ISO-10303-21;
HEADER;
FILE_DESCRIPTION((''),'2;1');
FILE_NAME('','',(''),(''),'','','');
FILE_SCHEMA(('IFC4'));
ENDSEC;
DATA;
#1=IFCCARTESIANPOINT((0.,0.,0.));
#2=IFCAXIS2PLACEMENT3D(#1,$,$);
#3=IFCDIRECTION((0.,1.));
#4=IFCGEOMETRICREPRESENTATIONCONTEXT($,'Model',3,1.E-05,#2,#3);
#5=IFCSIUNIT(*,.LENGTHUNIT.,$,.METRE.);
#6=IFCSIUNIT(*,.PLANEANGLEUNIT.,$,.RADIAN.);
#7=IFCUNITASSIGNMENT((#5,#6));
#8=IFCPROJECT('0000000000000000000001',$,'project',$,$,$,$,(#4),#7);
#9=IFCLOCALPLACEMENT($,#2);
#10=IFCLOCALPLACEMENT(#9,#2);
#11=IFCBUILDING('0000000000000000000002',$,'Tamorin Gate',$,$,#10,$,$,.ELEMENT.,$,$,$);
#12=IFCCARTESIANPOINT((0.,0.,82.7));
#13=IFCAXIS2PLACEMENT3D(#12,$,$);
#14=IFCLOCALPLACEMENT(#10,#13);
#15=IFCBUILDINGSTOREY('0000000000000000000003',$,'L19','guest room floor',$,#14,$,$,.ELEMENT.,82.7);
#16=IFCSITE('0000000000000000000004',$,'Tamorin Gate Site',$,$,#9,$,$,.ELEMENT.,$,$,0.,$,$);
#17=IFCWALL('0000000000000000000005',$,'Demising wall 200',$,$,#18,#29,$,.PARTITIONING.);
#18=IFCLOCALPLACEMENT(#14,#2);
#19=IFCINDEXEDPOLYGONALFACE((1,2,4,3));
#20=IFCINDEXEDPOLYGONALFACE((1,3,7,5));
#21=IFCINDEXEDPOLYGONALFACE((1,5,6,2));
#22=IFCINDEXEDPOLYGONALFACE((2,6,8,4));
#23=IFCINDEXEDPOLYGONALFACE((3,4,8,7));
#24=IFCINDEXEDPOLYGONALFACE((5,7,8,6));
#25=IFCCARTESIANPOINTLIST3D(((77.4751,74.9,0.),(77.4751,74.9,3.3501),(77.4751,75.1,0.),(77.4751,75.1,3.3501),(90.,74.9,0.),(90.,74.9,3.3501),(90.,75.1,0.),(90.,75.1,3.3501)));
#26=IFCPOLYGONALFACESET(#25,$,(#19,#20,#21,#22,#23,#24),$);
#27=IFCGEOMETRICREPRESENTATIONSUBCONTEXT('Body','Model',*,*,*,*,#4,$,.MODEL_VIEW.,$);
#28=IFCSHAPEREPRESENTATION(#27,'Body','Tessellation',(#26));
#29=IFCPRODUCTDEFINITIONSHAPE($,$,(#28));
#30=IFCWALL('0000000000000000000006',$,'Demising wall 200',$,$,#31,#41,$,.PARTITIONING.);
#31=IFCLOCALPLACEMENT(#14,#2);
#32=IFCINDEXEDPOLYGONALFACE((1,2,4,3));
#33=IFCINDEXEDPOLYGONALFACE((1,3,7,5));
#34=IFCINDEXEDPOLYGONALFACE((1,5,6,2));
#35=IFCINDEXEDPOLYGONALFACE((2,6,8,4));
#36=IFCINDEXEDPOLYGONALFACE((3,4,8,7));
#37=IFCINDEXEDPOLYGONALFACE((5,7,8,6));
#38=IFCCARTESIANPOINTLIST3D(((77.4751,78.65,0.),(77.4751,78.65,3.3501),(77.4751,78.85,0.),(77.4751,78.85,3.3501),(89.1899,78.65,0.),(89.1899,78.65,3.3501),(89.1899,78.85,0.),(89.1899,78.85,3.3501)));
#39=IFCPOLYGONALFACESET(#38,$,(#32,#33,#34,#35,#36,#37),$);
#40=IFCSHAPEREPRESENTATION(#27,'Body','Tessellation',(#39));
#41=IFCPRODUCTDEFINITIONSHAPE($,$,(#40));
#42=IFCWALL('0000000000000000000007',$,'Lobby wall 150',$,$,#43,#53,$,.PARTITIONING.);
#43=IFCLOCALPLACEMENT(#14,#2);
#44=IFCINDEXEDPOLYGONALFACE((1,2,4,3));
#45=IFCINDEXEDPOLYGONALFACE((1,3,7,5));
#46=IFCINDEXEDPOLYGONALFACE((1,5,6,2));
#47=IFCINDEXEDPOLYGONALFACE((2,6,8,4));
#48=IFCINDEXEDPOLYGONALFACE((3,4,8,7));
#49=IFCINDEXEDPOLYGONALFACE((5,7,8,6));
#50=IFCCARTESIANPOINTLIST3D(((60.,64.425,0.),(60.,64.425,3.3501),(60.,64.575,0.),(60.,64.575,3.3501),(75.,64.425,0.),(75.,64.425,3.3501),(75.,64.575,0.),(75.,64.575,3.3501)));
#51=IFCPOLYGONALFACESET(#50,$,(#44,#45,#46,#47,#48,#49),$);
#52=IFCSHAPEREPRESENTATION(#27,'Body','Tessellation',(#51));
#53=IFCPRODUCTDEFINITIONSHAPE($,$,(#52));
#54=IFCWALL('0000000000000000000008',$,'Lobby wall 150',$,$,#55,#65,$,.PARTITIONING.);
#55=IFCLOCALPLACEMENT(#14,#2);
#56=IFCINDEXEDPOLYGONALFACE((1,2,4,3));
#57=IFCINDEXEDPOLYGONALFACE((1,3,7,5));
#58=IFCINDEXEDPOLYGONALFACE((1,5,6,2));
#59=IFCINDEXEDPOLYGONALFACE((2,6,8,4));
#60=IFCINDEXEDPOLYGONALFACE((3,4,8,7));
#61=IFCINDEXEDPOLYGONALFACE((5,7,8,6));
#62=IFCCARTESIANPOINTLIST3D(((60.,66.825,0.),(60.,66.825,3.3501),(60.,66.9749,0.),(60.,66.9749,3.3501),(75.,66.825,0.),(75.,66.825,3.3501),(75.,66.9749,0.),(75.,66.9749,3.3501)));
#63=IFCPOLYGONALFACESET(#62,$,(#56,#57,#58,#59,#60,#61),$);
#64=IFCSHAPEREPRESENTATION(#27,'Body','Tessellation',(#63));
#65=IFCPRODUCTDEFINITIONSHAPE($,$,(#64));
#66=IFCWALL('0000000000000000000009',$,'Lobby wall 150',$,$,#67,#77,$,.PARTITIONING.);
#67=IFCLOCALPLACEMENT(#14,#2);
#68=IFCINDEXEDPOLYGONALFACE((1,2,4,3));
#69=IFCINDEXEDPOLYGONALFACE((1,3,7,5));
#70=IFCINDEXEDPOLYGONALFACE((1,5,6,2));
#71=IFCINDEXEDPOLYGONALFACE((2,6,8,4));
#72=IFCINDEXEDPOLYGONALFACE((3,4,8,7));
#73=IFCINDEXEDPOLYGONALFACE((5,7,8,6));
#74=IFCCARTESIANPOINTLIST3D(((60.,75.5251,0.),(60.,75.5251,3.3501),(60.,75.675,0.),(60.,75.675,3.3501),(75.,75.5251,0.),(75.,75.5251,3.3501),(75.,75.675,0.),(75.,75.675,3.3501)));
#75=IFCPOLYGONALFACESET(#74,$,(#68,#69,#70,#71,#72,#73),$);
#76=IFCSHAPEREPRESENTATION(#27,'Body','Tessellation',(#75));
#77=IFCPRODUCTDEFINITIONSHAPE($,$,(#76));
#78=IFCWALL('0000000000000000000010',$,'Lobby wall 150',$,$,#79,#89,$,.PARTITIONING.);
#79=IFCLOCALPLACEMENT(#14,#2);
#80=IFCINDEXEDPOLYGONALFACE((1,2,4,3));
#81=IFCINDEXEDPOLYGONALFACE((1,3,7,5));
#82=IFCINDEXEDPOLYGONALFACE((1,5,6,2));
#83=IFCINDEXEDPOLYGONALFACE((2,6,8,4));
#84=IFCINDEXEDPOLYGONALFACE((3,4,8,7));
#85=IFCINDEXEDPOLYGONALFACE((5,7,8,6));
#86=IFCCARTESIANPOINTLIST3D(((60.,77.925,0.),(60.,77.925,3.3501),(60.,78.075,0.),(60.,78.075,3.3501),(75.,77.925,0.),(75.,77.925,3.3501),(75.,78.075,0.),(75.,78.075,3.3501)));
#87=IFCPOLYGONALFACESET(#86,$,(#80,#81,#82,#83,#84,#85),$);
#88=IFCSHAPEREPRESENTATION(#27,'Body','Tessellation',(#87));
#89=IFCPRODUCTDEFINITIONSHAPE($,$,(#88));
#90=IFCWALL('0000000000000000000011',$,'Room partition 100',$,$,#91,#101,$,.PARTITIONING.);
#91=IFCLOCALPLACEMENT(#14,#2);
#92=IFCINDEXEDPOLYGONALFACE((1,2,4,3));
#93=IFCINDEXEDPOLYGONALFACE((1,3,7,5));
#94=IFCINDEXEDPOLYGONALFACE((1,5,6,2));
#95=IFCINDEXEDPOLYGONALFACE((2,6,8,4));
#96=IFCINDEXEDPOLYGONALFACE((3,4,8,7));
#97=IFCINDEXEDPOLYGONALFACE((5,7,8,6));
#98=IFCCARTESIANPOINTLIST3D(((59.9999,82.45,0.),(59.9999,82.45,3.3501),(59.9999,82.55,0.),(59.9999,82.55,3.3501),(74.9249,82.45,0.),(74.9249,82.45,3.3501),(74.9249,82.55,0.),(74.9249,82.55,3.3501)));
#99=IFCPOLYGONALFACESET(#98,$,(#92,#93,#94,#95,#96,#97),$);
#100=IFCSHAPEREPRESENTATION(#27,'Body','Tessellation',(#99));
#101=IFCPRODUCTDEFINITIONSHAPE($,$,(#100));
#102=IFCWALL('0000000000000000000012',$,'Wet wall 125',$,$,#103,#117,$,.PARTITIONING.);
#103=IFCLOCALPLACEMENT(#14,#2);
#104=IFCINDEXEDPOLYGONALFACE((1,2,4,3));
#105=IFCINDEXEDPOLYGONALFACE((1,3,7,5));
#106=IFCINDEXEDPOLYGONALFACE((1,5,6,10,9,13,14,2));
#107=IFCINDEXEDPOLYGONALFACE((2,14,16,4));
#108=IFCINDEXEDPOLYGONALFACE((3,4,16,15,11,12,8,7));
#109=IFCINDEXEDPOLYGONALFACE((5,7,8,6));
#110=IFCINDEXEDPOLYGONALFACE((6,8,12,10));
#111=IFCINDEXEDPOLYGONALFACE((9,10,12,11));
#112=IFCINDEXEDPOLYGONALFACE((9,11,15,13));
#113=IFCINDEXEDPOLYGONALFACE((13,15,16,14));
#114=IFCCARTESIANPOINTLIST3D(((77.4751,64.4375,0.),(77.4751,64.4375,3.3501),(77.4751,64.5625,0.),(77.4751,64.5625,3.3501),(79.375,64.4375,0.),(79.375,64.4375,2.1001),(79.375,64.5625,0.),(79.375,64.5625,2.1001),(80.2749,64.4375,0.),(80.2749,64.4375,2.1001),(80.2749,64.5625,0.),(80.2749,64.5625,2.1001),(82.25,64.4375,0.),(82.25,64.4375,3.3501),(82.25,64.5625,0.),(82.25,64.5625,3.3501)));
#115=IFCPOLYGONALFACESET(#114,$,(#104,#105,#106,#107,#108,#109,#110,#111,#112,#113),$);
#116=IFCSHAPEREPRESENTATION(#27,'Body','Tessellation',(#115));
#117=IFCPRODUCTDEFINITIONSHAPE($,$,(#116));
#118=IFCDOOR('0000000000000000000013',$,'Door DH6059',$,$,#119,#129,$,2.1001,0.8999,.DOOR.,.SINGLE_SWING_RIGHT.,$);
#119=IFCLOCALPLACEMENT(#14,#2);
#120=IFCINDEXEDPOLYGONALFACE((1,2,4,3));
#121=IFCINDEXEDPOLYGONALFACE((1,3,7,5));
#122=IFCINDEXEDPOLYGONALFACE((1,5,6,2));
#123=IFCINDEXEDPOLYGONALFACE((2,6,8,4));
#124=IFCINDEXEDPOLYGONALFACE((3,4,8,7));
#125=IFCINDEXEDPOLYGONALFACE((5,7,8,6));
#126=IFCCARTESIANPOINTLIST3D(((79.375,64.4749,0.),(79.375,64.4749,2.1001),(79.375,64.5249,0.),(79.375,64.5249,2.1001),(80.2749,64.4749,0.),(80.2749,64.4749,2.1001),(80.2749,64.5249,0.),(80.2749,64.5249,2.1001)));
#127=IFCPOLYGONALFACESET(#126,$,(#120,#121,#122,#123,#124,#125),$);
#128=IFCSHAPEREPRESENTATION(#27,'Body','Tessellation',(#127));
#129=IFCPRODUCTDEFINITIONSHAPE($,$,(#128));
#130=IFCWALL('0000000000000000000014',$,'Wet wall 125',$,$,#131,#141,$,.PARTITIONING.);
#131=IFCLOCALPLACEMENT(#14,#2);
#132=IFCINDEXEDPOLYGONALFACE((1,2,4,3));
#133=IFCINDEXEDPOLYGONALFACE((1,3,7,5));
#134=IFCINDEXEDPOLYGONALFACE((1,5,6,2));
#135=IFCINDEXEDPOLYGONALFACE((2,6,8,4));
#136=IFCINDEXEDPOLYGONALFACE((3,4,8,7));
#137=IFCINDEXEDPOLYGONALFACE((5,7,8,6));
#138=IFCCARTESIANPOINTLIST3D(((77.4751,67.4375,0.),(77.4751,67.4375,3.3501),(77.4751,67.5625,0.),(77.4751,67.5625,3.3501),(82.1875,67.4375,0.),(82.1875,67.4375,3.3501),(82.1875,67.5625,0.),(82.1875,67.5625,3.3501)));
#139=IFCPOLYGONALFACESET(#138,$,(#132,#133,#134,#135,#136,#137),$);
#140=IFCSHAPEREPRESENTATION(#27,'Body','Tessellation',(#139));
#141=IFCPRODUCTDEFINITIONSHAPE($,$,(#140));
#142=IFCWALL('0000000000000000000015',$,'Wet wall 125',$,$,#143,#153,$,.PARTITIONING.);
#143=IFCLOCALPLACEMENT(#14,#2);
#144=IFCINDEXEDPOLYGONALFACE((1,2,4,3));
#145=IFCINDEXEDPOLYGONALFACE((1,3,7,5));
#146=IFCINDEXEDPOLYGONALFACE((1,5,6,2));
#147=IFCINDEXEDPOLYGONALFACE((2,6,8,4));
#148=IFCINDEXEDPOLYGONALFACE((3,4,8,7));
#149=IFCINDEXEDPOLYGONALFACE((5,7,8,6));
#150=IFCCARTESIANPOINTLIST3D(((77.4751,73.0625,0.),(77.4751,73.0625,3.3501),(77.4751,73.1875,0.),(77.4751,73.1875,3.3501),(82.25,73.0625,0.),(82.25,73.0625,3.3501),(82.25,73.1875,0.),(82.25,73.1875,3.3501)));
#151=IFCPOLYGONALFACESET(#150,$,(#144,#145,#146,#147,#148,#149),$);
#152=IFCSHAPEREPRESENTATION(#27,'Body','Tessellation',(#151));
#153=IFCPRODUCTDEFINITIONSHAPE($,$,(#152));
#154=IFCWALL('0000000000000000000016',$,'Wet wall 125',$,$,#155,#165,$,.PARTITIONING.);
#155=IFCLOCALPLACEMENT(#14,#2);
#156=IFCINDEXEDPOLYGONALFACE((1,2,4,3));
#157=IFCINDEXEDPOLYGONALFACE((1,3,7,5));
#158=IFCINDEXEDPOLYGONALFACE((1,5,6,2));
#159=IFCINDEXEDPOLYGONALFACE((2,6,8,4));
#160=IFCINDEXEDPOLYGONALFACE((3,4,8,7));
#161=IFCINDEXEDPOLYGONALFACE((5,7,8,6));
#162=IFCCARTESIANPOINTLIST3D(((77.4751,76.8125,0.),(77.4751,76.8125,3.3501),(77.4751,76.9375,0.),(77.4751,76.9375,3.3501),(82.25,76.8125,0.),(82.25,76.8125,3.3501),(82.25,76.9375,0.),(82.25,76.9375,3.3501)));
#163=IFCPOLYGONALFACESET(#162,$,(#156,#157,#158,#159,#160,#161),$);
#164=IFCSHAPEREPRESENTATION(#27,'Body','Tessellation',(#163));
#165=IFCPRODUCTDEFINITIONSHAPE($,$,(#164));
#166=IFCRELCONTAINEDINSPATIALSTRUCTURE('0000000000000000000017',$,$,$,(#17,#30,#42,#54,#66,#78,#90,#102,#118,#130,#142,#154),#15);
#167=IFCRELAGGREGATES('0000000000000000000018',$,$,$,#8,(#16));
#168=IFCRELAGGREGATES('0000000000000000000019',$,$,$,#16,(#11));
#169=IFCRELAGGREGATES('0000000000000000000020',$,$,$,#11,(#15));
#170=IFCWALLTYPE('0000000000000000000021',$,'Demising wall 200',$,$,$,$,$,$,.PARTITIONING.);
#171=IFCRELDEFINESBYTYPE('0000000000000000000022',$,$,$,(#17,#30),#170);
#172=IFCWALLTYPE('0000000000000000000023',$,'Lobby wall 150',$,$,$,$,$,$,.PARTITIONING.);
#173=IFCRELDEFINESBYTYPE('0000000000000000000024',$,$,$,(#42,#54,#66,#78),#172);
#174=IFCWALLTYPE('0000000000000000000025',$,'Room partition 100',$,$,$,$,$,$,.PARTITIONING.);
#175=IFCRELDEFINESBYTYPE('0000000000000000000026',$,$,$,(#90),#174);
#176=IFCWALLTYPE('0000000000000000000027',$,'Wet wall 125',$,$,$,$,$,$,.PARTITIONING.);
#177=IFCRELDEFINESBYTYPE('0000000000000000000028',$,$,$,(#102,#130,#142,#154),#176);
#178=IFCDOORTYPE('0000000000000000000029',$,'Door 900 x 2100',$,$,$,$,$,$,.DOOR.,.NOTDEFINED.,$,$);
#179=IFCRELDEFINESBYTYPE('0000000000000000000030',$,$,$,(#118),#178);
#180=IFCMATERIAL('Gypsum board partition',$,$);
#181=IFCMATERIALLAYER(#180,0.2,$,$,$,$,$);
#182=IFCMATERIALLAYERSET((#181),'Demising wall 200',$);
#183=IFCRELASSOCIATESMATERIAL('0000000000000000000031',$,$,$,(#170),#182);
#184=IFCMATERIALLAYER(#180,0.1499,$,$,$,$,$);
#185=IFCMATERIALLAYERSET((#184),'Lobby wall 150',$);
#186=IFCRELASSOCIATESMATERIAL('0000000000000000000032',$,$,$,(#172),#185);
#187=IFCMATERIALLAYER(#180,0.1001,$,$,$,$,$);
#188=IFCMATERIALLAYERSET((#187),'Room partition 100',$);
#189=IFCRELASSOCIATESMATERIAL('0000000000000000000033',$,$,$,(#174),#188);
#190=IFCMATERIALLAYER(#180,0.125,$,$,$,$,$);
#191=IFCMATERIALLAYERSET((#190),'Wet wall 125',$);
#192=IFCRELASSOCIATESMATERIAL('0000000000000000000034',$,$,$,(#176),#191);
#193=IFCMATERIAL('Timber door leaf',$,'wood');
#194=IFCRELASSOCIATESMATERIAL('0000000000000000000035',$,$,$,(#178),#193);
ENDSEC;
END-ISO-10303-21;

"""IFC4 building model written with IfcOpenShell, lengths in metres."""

from ifc_helpers import new_model, si_unit, direction, frame, frame_2d, origin, place, context, subcontext, project, spatial, rectangle, extrude, material, layer, layer_set, type_object, element, fill, save


model = new_model("IFC4")

# Units and contexts
model_context = context("Model", 3, precision=1e-05, world=origin(), true_north=direction((0.0, 1.0)))
body_context = subcontext(model_context, "Body", "Model", "MODEL_VIEW")
ifc_project = project(units=[si_unit("LENGTHUNIT", "METRE"), si_unit("PLANEANGLEUNIT", "RADIAN")], contexts=[model_context])

# Site, building, storey
site_placement = place(None, origin())
site = spatial("IfcSite", under=ifc_project, at=site_placement, Name="Tamorin Gate Site", CompositionType="ELEMENT", RefElevation=0.0)
building_placement = place(site_placement, origin())
building = spatial("IfcBuilding", under=site, at=building_placement, Name="Tamorin Gate", CompositionType="ELEMENT")
storey_placement = place(building_placement, frame((0.0, 0.0, 82.7)))
storey = spatial("IfcBuildingStorey", under=building, at=storey_placement, Name="L19", Description="guest room floor", CompositionType="ELEMENT", Elevation=82.7)

# Shared definitions
ifc_material_1 = material(Name="Gypsum board partition")
ifc_material_2 = material(Name="Timber door leaf", Category="wood")

# Walls
ifc_layer_1 = layer(ifc_material_1, 0.2)
ifc_layer_set_1 = layer_set([ifc_layer_1], Name="Demising wall 200")
wall_type_1 = type_object("IfcWallType", Name="Demising wall 200", PredefinedType="PARTITIONING", material=ifc_layer_set_1)
wall_1_placement = place(storey_placement, frame((77.4751, 75.0, 0.0), z_axis=(0.0, 0.0, 1.0), x_axis=(1.0, 0.0, 0.0)))
element("IfcWall", 1, at=wall_1_placement, inside=storey, type_object=wall_type_1, Name="Demising wall 200", PredefinedType="PARTITIONING", context=body_context, shape_type="SweptSolid", body=[
    extrude(rectangle(XDim=12.5249, YDim=0.2, at=frame_2d((6.2625, 0.0))), origin(), (0.0, 0.0, 1.0), 3.3501),
])
wall_2_placement = place(storey_placement, frame((77.4751, 78.75, 0.0), z_axis=(0.0, 0.0, 1.0), x_axis=(1.0, 0.0, 0.0)))
element("IfcWall", 2, at=wall_2_placement, inside=storey, type_object=wall_type_1, Name="Demising wall 200", PredefinedType="PARTITIONING", context=body_context, shape_type="SweptSolid", body=[
    extrude(rectangle(XDim=11.7148, YDim=0.2, at=frame_2d((5.8574, 0.0))), origin(), (0.0, 0.0, 1.0), 3.3501),
])
ifc_layer_2 = layer(ifc_material_1, 0.1499)
ifc_layer_set_2 = layer_set([ifc_layer_2], Name="Lobby wall 150")
wall_type_2 = type_object("IfcWallType", Name="Lobby wall 150", PredefinedType="PARTITIONING", material=ifc_layer_set_2)
for number, where, z_axis, x_axis, name in (
    (3, (60.0, 64.5, 0.0), (0.0, 0.0, 1.0), (1.0, 0.0, 0.0), "Lobby wall 150"),
    (4, (60.0, 66.8999, 0.0), (0.0, 0.0, 1.0), (1.0, 0.0, 0.0), "Lobby wall 150"),
    (5, (60.0, 75.6001, 0.0), (0.0, 0.0, 1.0), (1.0, 0.0, 0.0), "Lobby wall 150"),
    (6, (60.0, 78.0, 0.0), (0.0, 0.0, 1.0), (1.0, 0.0, 0.0), "Lobby wall 150"),
):
    element("IfcWall", number, at=place(storey_placement, frame(where, z_axis=z_axis, x_axis=x_axis)), inside=storey, type_object=wall_type_2, Name=name, PredefinedType="PARTITIONING", context=body_context, shape_type="SweptSolid", body=[
        extrude(rectangle(XDim=15.0, YDim=0.1499, at=frame_2d((7.5, 0.0))), origin(), (0.0, 0.0, 1.0), 3.3501),
    ])
ifc_layer_3 = layer(ifc_material_1, 0.1001)
ifc_layer_set_3 = layer_set([ifc_layer_3], Name="Room partition 100")
wall_type_3 = type_object("IfcWallType", Name="Room partition 100", PredefinedType="PARTITIONING", material=ifc_layer_set_3)
wall_3_placement = place(storey_placement, frame((60.0, 82.5, 0.0), z_axis=(0.0, 0.0, 1.0), x_axis=(1.0, 0.0, 0.0)))
element("IfcWall", 7, at=wall_3_placement, inside=storey, type_object=wall_type_3, Name="Room partition 100", PredefinedType="PARTITIONING", context=body_context, shape_type="SweptSolid", body=[
    extrude(rectangle(XDim=14.925, YDim=0.1001, at=frame_2d((7.4624, 0.0))), origin(), (0.0, 0.0, 1.0), 3.3501),
])

# Wall, opening, door
ifc_layer_4 = layer(ifc_material_1, 0.125)
ifc_layer_set_4 = layer_set([ifc_layer_4], Name="Wet wall 125")
wall_type_4 = type_object("IfcWallType", Name="Wet wall 125", PredefinedType="PARTITIONING", material=ifc_layer_set_4)
wall_4_placement = place(storey_placement, frame((77.4751, 64.5, 0.0), z_axis=(0.0, 0.0, 1.0), x_axis=(1.0, 0.0, 0.0)))
wall_4 = element("IfcWall", 8, at=wall_4_placement, inside=storey, type_object=wall_type_4, Name="Wet wall 125", PredefinedType="PARTITIONING", context=body_context, shape_type="SweptSolid", body=[
    extrude(rectangle(XDim=4.7749, YDim=0.125, at=frame_2d((2.3875, 0.0))), origin(), (0.0, 0.0, 1.0), 3.3501),
])
opening_1_placement = place(wall_4_placement, frame((1.8999, 0.0, 0.0)))
opening_1 = element("IfcOpeningElement", 9, at=opening_1_placement, cuts=wall_4, PredefinedType="OPENING", context=body_context, shape_type="SweptSolid", body=[
    extrude(rectangle(XDim=0.8999, YDim=2.1001, at=frame_2d((0.45, 1.05))), frame((0.0, 0.0725, 0.0), z_axis=(0.0, -1.0, 0.0), x_axis=(1.0, 0.0, 0.0)), (0.0, 0.0, 1.0), 0.145),
])
door_type_1 = type_object("IfcDoorType", Name="Door 900 x 2100", OperationType="NOTDEFINED", PredefinedType="DOOR", material=ifc_material_2)
door_1_placement = place(opening_1_placement, origin())
door_1 = element("IfcDoor", 10, at=door_1_placement, inside=storey, type_object=door_type_1, Name="Door DH6059", OperationType="SINGLE_SWING_RIGHT", OverallHeight=2.1001, OverallWidth=0.8999, PredefinedType="DOOR", context=body_context, shape_type="SweptSolid", body=[
    extrude(rectangle(XDim=0.8999, YDim=2.1001, at=frame_2d((0.45, 1.05))), frame((0.0, 0.0249, 0.0), z_axis=(0.0, -1.0, 0.0), x_axis=(1.0, 0.0, 0.0)), (0.0, 0.0, 1.0), 0.05),
])
fill(opening_1, door_1)

# Walls
wall_5_placement = place(storey_placement, frame((77.4751, 67.5, 0.0), z_axis=(0.0, 0.0, 1.0), x_axis=(1.0, 0.0, 0.0)))
element("IfcWall", 11, at=wall_5_placement, inside=storey, type_object=wall_type_4, Name="Wet wall 125", PredefinedType="PARTITIONING", context=body_context, shape_type="SweptSolid", body=[
    extrude(rectangle(XDim=4.7124, YDim=0.125, at=frame_2d((2.3562, 0.0))), origin(), (0.0, 0.0, 1.0), 3.3501),
])
for number, where, z_axis, x_axis, name in (
    (12, (77.4751, 73.125, 0.0), (0.0, 0.0, 1.0), (1.0, 0.0, 0.0), "Wet wall 125"),
    (13, (77.4751, 76.875, 0.0), (0.0, 0.0, 1.0), (1.0, 0.0, 0.0), "Wet wall 125"),
):
    element("IfcWall", number, at=place(storey_placement, frame(where, z_axis=z_axis, x_axis=x_axis)), inside=storey, type_object=wall_type_4, Name=name, PredefinedType="PARTITIONING", context=body_context, shape_type="SweptSolid", body=[
        extrude(rectangle(XDim=4.7749, YDim=0.125, at=frame_2d((2.3875, 0.0))), origin(), (0.0, 0.0, 1.0), 3.3501),
    ])

save(model, "model.ifc")
